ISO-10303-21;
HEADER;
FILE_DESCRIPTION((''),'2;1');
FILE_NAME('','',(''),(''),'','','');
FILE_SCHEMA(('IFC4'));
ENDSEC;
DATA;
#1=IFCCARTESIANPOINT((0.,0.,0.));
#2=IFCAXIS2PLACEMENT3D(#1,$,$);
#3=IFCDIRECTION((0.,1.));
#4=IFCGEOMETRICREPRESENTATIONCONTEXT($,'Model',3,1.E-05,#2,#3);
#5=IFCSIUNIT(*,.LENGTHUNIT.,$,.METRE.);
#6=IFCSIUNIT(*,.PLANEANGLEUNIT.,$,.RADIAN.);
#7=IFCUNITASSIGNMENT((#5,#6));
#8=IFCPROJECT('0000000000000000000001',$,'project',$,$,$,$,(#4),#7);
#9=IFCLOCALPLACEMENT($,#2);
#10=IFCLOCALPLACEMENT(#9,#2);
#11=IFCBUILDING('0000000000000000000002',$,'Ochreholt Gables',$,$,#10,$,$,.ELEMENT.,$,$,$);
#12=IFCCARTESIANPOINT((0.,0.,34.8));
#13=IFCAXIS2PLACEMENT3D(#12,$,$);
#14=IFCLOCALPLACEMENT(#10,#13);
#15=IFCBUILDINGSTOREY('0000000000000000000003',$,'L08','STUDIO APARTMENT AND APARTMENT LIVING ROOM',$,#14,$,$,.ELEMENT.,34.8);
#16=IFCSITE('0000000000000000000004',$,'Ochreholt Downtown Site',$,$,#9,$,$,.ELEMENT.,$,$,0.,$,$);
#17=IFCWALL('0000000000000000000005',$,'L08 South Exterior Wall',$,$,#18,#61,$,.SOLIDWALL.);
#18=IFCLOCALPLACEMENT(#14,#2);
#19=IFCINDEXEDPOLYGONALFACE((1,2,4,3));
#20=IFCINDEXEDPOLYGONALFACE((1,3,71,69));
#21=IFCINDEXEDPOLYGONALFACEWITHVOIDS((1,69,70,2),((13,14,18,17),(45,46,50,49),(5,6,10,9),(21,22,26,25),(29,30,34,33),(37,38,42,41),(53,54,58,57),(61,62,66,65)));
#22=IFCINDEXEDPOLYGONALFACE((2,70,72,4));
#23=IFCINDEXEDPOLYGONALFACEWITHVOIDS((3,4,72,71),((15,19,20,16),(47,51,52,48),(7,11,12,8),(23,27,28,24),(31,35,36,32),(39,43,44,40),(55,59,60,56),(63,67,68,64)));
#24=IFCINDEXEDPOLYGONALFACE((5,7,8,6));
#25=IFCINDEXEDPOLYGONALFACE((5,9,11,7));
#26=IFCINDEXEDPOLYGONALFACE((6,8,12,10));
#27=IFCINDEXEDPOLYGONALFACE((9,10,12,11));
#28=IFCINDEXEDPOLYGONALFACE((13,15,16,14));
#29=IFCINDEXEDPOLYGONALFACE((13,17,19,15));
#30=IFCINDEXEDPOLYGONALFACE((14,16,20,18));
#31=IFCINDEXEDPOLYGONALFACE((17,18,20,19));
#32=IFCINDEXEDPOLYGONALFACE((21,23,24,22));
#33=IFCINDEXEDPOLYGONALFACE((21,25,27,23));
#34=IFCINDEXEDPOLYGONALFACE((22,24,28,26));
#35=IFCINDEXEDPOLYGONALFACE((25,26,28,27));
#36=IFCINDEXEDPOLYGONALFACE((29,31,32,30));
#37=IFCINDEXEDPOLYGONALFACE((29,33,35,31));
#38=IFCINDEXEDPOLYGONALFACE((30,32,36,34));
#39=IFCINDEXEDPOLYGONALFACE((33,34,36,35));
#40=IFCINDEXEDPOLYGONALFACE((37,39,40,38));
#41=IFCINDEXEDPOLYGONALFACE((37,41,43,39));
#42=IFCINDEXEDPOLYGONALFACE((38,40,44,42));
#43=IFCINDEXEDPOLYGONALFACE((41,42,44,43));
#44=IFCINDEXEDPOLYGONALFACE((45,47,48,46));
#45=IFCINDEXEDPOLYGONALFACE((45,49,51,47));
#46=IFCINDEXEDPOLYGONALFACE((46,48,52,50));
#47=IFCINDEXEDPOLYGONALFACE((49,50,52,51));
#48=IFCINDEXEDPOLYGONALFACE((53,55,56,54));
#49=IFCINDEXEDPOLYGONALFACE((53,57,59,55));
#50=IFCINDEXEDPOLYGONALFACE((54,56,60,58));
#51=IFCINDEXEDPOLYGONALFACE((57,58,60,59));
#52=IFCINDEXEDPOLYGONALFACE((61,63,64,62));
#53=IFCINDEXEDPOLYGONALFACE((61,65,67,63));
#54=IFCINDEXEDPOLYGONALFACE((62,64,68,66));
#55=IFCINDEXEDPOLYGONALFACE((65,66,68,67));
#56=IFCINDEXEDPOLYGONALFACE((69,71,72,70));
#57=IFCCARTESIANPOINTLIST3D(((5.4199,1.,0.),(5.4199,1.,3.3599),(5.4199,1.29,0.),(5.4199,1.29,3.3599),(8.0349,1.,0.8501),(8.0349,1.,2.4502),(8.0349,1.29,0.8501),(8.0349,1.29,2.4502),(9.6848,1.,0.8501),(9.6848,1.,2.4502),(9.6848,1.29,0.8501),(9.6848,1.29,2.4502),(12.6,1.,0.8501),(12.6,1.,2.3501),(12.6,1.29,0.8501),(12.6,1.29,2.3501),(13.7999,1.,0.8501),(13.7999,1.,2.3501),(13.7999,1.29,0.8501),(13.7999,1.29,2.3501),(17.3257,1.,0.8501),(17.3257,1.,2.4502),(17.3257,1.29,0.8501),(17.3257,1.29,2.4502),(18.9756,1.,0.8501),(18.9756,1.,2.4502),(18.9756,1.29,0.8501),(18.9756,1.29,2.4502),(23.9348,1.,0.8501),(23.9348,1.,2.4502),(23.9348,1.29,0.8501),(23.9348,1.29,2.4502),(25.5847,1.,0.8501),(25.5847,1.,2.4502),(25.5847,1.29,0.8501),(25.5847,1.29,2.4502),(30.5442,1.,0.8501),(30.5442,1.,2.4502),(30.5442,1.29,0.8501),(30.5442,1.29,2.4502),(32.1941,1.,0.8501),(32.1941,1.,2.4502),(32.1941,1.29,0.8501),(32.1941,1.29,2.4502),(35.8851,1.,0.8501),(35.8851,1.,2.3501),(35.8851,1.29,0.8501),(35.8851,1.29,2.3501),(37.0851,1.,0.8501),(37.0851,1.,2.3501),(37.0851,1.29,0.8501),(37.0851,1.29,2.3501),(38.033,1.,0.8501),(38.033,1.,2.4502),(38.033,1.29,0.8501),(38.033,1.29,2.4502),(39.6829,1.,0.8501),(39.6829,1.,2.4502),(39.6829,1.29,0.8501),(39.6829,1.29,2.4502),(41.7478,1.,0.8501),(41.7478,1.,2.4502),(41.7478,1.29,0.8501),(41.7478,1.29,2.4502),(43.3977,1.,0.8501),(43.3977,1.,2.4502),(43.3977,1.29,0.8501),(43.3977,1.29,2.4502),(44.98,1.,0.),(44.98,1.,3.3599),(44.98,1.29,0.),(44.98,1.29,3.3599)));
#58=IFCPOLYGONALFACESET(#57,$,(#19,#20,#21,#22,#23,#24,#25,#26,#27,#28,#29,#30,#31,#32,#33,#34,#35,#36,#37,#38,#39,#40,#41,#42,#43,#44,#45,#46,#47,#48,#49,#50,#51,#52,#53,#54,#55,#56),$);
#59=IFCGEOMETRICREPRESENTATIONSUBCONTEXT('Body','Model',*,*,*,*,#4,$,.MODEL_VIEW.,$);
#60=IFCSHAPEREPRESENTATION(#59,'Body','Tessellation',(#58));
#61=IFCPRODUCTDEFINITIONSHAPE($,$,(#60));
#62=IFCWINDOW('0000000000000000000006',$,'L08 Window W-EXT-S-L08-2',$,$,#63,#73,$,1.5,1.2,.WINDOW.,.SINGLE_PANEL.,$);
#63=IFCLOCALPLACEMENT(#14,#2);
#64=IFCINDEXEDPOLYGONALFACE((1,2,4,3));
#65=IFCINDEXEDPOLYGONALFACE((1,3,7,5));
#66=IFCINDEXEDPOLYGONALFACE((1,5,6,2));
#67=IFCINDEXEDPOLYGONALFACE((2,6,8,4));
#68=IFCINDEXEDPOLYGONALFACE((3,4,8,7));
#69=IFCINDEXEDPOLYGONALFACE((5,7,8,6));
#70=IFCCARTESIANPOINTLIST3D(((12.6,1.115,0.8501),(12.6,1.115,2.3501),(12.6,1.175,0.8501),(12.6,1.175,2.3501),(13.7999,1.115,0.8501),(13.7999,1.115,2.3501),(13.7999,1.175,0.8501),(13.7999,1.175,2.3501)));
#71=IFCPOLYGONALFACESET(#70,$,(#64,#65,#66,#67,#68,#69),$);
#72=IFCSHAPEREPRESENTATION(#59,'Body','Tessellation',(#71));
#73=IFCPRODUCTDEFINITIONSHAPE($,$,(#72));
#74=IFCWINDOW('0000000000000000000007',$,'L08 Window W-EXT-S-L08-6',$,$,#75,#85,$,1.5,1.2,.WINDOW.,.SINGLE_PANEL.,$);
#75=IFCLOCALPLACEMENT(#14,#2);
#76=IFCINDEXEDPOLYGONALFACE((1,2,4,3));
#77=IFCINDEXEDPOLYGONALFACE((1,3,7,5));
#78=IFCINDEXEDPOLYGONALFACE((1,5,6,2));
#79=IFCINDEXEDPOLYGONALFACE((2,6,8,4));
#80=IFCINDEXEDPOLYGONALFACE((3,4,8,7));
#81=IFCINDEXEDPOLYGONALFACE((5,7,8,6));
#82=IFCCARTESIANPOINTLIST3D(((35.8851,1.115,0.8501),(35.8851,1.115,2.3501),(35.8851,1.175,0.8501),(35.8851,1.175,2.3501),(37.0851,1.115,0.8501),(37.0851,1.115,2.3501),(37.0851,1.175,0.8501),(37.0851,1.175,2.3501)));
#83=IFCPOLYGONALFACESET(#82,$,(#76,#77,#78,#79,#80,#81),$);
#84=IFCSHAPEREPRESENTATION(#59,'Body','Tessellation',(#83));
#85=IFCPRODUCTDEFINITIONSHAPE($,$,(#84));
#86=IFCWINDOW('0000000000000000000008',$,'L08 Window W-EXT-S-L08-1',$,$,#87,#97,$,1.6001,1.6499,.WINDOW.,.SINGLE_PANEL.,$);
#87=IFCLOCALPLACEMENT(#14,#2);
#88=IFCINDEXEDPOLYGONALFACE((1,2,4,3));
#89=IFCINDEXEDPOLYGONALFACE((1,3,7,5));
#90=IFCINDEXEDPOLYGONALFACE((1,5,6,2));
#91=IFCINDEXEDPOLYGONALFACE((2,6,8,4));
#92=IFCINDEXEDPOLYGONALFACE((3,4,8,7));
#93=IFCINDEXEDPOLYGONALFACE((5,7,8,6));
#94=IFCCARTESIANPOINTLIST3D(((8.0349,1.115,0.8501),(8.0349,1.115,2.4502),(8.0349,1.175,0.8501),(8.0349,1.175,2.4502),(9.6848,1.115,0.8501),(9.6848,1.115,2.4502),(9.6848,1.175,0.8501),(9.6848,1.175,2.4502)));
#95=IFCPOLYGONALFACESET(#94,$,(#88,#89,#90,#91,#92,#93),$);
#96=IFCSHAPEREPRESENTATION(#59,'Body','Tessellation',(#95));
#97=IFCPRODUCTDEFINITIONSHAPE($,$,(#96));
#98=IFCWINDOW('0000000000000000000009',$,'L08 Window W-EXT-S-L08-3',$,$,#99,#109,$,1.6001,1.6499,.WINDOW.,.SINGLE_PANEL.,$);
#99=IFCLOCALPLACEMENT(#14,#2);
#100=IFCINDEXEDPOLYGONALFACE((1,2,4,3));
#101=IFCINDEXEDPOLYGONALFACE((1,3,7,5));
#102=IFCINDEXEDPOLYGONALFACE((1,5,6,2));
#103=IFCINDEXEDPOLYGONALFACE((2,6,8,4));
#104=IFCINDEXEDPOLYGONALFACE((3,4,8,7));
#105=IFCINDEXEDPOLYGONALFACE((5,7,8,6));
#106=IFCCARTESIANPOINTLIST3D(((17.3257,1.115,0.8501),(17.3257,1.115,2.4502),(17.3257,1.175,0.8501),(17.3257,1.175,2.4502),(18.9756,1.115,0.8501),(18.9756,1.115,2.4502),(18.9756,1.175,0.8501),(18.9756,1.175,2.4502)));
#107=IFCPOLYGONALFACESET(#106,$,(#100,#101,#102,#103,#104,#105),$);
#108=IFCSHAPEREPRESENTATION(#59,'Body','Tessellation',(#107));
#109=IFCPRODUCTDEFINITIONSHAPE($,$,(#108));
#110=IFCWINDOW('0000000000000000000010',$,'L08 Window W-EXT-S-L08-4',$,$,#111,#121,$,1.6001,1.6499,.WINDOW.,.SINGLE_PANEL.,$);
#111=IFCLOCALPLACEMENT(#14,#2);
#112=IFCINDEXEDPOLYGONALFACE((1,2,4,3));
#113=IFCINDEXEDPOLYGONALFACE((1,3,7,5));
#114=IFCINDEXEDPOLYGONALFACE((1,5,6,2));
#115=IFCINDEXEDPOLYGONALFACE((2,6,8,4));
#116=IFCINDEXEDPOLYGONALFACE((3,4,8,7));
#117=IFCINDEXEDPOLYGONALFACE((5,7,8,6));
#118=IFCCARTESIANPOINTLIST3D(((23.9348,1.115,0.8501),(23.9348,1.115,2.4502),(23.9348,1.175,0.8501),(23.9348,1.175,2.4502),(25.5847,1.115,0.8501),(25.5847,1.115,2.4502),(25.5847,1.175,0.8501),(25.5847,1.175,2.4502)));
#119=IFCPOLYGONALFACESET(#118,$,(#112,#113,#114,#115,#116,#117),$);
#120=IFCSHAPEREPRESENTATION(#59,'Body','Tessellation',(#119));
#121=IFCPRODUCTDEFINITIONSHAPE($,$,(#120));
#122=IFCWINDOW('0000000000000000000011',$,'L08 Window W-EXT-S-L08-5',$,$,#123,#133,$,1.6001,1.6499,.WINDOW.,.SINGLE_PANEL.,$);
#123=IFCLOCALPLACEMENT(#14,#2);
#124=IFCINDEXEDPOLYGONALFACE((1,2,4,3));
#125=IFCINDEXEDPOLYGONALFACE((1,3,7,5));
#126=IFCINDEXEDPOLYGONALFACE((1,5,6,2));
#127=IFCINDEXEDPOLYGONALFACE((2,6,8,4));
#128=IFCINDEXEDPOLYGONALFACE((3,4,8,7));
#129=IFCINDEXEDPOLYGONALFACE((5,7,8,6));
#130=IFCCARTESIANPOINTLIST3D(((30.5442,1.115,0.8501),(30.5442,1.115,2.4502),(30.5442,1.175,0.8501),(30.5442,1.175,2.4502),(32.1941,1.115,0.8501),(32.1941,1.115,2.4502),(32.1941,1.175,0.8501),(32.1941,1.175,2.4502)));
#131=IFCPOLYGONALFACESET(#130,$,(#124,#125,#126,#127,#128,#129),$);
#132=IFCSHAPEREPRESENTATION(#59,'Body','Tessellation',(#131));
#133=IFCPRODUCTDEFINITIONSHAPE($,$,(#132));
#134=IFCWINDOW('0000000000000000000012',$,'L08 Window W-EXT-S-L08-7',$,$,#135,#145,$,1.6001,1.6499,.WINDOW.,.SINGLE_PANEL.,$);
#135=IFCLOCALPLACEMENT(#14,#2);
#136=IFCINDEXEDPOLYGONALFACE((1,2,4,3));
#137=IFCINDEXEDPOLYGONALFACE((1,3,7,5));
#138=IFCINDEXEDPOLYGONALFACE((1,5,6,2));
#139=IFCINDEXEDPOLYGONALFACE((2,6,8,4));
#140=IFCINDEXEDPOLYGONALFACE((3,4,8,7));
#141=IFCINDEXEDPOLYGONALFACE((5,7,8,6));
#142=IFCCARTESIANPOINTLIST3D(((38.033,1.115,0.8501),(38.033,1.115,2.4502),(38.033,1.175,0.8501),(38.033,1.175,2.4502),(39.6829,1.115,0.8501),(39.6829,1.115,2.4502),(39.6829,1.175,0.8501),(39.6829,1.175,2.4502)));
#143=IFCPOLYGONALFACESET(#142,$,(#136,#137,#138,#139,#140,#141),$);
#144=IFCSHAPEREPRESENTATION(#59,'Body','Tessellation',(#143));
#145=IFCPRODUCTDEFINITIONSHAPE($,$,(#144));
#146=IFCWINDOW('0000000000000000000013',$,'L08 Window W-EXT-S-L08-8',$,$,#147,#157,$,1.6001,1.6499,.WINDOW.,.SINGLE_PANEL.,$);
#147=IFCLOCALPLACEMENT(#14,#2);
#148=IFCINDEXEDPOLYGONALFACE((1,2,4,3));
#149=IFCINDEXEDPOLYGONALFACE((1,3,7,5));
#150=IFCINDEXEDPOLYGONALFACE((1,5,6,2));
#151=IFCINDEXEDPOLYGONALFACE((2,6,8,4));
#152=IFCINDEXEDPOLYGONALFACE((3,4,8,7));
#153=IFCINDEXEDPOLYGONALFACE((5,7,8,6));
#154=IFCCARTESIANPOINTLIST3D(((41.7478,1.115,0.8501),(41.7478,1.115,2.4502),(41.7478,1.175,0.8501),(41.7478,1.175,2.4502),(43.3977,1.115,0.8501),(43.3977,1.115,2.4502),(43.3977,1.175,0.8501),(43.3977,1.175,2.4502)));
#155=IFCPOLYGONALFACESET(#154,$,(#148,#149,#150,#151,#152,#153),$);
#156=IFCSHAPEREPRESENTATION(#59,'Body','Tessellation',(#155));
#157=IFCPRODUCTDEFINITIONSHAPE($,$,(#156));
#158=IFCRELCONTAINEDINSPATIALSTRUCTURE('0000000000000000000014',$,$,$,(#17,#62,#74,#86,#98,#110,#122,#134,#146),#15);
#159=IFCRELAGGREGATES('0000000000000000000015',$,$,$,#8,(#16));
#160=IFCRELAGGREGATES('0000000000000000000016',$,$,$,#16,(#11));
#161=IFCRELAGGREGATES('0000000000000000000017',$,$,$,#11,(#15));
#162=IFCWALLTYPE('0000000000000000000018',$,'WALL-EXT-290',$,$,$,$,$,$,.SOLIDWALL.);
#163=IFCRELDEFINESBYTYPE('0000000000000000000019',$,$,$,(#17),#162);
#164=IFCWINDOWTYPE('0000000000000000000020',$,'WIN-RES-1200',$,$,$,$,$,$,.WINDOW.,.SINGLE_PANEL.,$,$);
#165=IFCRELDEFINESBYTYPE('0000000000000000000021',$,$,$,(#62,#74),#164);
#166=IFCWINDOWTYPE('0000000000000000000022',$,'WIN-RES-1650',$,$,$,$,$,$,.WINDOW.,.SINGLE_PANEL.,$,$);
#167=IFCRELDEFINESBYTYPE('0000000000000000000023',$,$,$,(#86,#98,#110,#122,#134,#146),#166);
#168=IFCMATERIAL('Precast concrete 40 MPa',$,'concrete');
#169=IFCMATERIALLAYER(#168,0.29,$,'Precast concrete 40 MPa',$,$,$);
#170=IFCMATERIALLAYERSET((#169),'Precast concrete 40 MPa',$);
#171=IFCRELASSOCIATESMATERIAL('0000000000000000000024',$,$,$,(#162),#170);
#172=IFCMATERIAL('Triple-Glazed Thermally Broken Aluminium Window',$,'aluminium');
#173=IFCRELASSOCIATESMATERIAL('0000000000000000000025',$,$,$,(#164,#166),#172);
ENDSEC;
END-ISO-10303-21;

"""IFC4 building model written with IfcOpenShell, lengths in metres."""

from ifc_helpers import new_model, si_unit, direction, frame, frame_2d, origin, place, context, subcontext, project, spatial, rectangle, extrude, material, layer, layer_set, type_object, element, fill, save


model = new_model("IFC4")

# Units and contexts
model_context = context("Model", 3, precision=1e-05, world=origin(), true_north=direction((0.0, 1.0)))
body_context = subcontext(model_context, "Body", "Model", "MODEL_VIEW")
ifc_project = project(units=[si_unit("LENGTHUNIT", "METRE"), si_unit("PLANEANGLEUNIT", "RADIAN")], contexts=[model_context])

# Site, building, storey
site_placement = place(None, origin())
site = spatial("IfcSite", under=ifc_project, at=site_placement, Name="Ochreholt Downtown Site", CompositionType="ELEMENT", RefElevation=0.0)
building_placement = place(site_placement, origin())
building = spatial("IfcBuilding", under=site, at=building_placement, Name="Ochreholt Gables", CompositionType="ELEMENT")
storey_placement = place(building_placement, frame((0.0, 0.0, 34.8)))
storey = spatial("IfcBuildingStorey", under=building, at=storey_placement, Name="L08", Description="STUDIO APARTMENT AND APARTMENT LIVING ROOM", CompositionType="ELEMENT", Elevation=34.8)

# Wall, openings, windows
ifc_material_1 = material(Name="Precast concrete 40 MPa", Category="concrete")
ifc_layer_1 = layer(ifc_material_1, 0.29, Name="Precast concrete 40 MPa")
ifc_layer_set_1 = layer_set([ifc_layer_1], Name="Precast concrete 40 MPa")
wall_type_1 = type_object("IfcWallType", Name="WALL-EXT-290", PredefinedType="SOLIDWALL", material=ifc_layer_set_1)
wall_1_placement = place(storey_placement, frame((5.4199, 1.145, 0.0), z_axis=(0.0, 0.0, 1.0), x_axis=(1.0, 0.0, 0.0)))
wall_1 = element("IfcWall", 1, at=wall_1_placement, inside=storey, type_object=wall_type_1, Name="L08 South Exterior Wall", PredefinedType="SOLIDWALL", context=body_context, shape_type="SweptSolid", body=[
    extrude(rectangle(XDim=39.5601, YDim=0.29, at=frame_2d((19.78, 0.0))), origin(), (0.0, 0.0, 1.0), 3.3599),
])
opening_1_placement = place(wall_1_placement, frame((2.615, 0.0, 0.8501)))
opening_1 = element("IfcOpeningElement", 2, at=opening_1_placement, cuts=wall_1, PredefinedType="OPENING", context=body_context, shape_type="SweptSolid", body=[
    extrude(rectangle(XDim=1.6499, YDim=1.6001, at=frame_2d((0.825, 0.8))), frame((0.0, 0.155, 0.0), z_axis=(0.0, -1.0, 0.0), x_axis=(1.0, 0.0, 0.0)), (0.0, 0.0, 1.0), 0.3101),
])
opening_2_placement = place(wall_1_placement, frame((7.1799, 0.0, 0.8501)))
opening_2 = element("IfcOpeningElement", 3, at=opening_2_placement, cuts=wall_1, PredefinedType="OPENING", context=body_context, shape_type="SweptSolid", body=[
    extrude(rectangle(XDim=1.2, YDim=1.5, at=frame_2d((0.6001, 0.75))), frame((0.0, 0.155, 0.0), z_axis=(0.0, -1.0, 0.0), x_axis=(1.0, 0.0, 0.0)), (0.0, 0.0, 1.0), 0.3101),
])
opening_3_placement = place(wall_1_placement, frame((11.9058, 0.0, 0.8501)))
opening_3 = element("IfcOpeningElement", 4, at=opening_3_placement, cuts=wall_1, PredefinedType="OPENING", context=body_context, shape_type="SweptSolid", body=[
    extrude(rectangle(XDim=1.6499, YDim=1.6001, at=frame_2d((0.825, 0.8))), frame((0.0, 0.155, 0.0), z_axis=(0.0, -1.0, 0.0), x_axis=(1.0, 0.0, 0.0)), (0.0, 0.0, 1.0), 0.3101),
])
opening_4_placement = place(wall_1_placement, frame((18.5149, 0.0, 0.8501)))
opening_4 = element("IfcOpeningElement", 5, at=opening_4_placement, cuts=wall_1, PredefinedType="OPENING", context=body_context, shape_type="SweptSolid", body=[
    extrude(rectangle(XDim=1.6499, YDim=1.6001, at=frame_2d((0.825, 0.8))), frame((0.0, 0.155, 0.0), z_axis=(0.0, -1.0, 0.0), x_axis=(1.0, 0.0, 0.0)), (0.0, 0.0, 1.0), 0.3101),
])
opening_5_placement = place(wall_1_placement, frame((25.1243, 0.0, 0.8501)))
opening_5 = element("IfcOpeningElement", 6, at=opening_5_placement, cuts=wall_1, PredefinedType="OPENING", context=body_context, shape_type="SweptSolid", body=[
    extrude(rectangle(XDim=1.6499, YDim=1.6001, at=frame_2d((0.825, 0.8))), frame((0.0, 0.155, 0.0), z_axis=(0.0, -1.0, 0.0), x_axis=(1.0, 0.0, 0.0)), (0.0, 0.0, 1.0), 0.3101),
])
opening_6_placement = place(wall_1_placement, frame((30.4651, 0.0, 0.8501)))
opening_6 = element("IfcOpeningElement", 7, at=opening_6_placement, cuts=wall_1, PredefinedType="OPENING", context=body_context, shape_type="SweptSolid", body=[
    extrude(rectangle(XDim=1.2, YDim=1.5, at=frame_2d((0.6001, 0.75))), frame((0.0, 0.155, 0.0), z_axis=(0.0, -1.0, 0.0), x_axis=(1.0, 0.0, 0.0)), (0.0, 0.0, 1.0), 0.3101),
])
opening_7_placement = place(wall_1_placement, frame((32.613, 0.0, 0.8501)))
opening_7 = element("IfcOpeningElement", 8, at=opening_7_placement, cuts=wall_1, PredefinedType="OPENING", context=body_context, shape_type="SweptSolid", body=[
    extrude(rectangle(XDim=1.6499, YDim=1.6001, at=frame_2d((0.825, 0.8))), frame((0.0, 0.155, 0.0), z_axis=(0.0, -1.0, 0.0), x_axis=(1.0, 0.0, 0.0)), (0.0, 0.0, 1.0), 0.3101),
])
opening_8_placement = place(wall_1_placement, frame((36.3279, 0.0, 0.8501)))
opening_8 = element("IfcOpeningElement", 9, at=opening_8_placement, cuts=wall_1, PredefinedType="OPENING", context=body_context, shape_type="SweptSolid", body=[
    extrude(rectangle(XDim=1.6499, YDim=1.6001, at=frame_2d((0.825, 0.8))), frame((0.0, 0.155, 0.0), z_axis=(0.0, -1.0, 0.0), x_axis=(1.0, 0.0, 0.0)), (0.0, 0.0, 1.0), 0.3101),
])
ifc_material_2 = material(Name="Triple-Glazed Thermally Broken Aluminium Window", Category="aluminium")
window_type_1 = type_object("IfcWindowType", Name="WIN-RES-1200", PartitioningType="SINGLE_PANEL", PredefinedType="WINDOW", material=ifc_material_2)
window_1_placement = place(opening_2_placement, origin())
window_1 = element("IfcWindow", 10, at=window_1_placement, inside=storey, type_object=window_type_1, Name="L08 Window W-EXT-S-L08-2", OverallHeight=1.5, OverallWidth=1.2, PartitioningType="SINGLE_PANEL", PredefinedType="WINDOW", context=body_context, shape_type="SweptSolid", body=[
    extrude(rectangle(XDim=1.2, YDim=1.5, at=frame_2d((0.6001, 0.75))), frame((0.0, 0.03, 0.0), z_axis=(0.0, -1.0, 0.0), x_axis=(1.0, 0.0, 0.0)), (0.0, 0.0, 1.0), 0.0601),
])
fill(opening_2, window_1)
window_2_placement = place(opening_6_placement, origin())
window_2 = element("IfcWindow", 11, at=window_2_placement, inside=storey, type_object=window_type_1, Name="L08 Window W-EXT-S-L08-6", OverallHeight=1.5, OverallWidth=1.2, PartitioningType="SINGLE_PANEL", PredefinedType="WINDOW", context=body_context, shape_type="SweptSolid", body=[
    extrude(rectangle(XDim=1.2, YDim=1.5, at=frame_2d((0.6001, 0.75))), frame((0.0, 0.03, 0.0), z_axis=(0.0, -1.0, 0.0), x_axis=(1.0, 0.0, 0.0)), (0.0, 0.0, 1.0), 0.0601),
])
fill(opening_6, window_2)
window_type_2 = type_object("IfcWindowType", Name="WIN-RES-1650", PartitioningType="SINGLE_PANEL", PredefinedType="WINDOW", material=ifc_material_2)
window_3_placement = place(opening_1_placement, origin())
window_3 = element("IfcWindow", 12, at=window_3_placement, inside=storey, type_object=window_type_2, Name="L08 Window W-EXT-S-L08-1", OverallHeight=1.6001, OverallWidth=1.6499, PartitioningType="SINGLE_PANEL", PredefinedType="WINDOW", context=body_context, shape_type="SweptSolid", body=[
    extrude(rectangle(XDim=1.6499, YDim=1.6001, at=frame_2d((0.825, 0.8))), frame((0.0, 0.03, 0.0), z_axis=(0.0, -1.0, 0.0), x_axis=(1.0, 0.0, 0.0)), (0.0, 0.0, 1.0), 0.0601),
])
fill(opening_1, window_3)
window_4_placement = place(opening_3_placement, origin())
window_4 = element("IfcWindow", 13, at=window_4_placement, inside=storey, type_object=window_type_2, Name="L08 Window W-EXT-S-L08-3", OverallHeight=1.6001, OverallWidth=1.6499, PartitioningType="SINGLE_PANEL", PredefinedType="WINDOW", context=body_context, shape_type="SweptSolid", body=[
    extrude(rectangle(XDim=1.6499, YDim=1.6001, at=frame_2d((0.825, 0.8))), frame((0.0, 0.03, 0.0), z_axis=(0.0, -1.0, 0.0), x_axis=(1.0, 0.0, 0.0)), (0.0, 0.0, 1.0), 0.0601),
])
fill(opening_3, window_4)
window_5_placement = place(opening_4_placement, origin())
window_5 = element("IfcWindow", 14, at=window_5_placement, inside=storey, type_object=window_type_2, Name="L08 Window W-EXT-S-L08-4", OverallHeight=1.6001, OverallWidth=1.6499, PartitioningType="SINGLE_PANEL", PredefinedType="WINDOW", context=body_context, shape_type="SweptSolid", body=[
    extrude(rectangle(XDim=1.6499, YDim=1.6001, at=frame_2d((0.825, 0.8))), frame((0.0, 0.03, 0.0), z_axis=(0.0, -1.0, 0.0), x_axis=(1.0, 0.0, 0.0)), (0.0, 0.0, 1.0), 0.0601),
])
fill(opening_4, window_5)
window_6_placement = place(opening_5_placement, origin())
window_6 = element("IfcWindow", 15, at=window_6_placement, inside=storey, type_object=window_type_2, Name="L08 Window W-EXT-S-L08-5", OverallHeight=1.6001, OverallWidth=1.6499, PartitioningType="SINGLE_PANEL", PredefinedType="WINDOW", context=body_context, shape_type="SweptSolid", body=[
    extrude(rectangle(XDim=1.6499, YDim=1.6001, at=frame_2d((0.825, 0.8))), frame((0.0, 0.03, 0.0), z_axis=(0.0, -1.0, 0.0), x_axis=(1.0, 0.0, 0.0)), (0.0, 0.0, 1.0), 0.0601),
])
fill(opening_5, window_6)
window_7_placement = place(opening_7_placement, origin())
window_7 = element("IfcWindow", 16, at=window_7_placement, inside=storey, type_object=window_type_2, Name="L08 Window W-EXT-S-L08-7", OverallHeight=1.6001, OverallWidth=1.6499, PartitioningType="SINGLE_PANEL", PredefinedType="WINDOW", context=body_context, shape_type="SweptSolid", body=[
    extrude(rectangle(XDim=1.6499, YDim=1.6001, at=frame_2d((0.825, 0.8))), frame((0.0, 0.03, 0.0), z_axis=(0.0, -1.0, 0.0), x_axis=(1.0, 0.0, 0.0)), (0.0, 0.0, 1.0), 0.0601),
])
fill(opening_7, window_7)
window_8_placement = place(opening_8_placement, origin())
window_8 = element("IfcWindow", 17, at=window_8_placement, inside=storey, type_object=window_type_2, Name="L08 Window W-EXT-S-L08-8", OverallHeight=1.6001, OverallWidth=1.6499, PartitioningType="SINGLE_PANEL", PredefinedType="WINDOW", context=body_context, shape_type="SweptSolid", body=[
    extrude(rectangle(XDim=1.6499, YDim=1.6001, at=frame_2d((0.825, 0.8))), frame((0.0, 0.03, 0.0), z_axis=(0.0, -1.0, 0.0), x_axis=(1.0, 0.0, 0.0)), (0.0, 0.0, 1.0), 0.0601),
])
fill(opening_8, window_8)

save(model, "model.ifc")
